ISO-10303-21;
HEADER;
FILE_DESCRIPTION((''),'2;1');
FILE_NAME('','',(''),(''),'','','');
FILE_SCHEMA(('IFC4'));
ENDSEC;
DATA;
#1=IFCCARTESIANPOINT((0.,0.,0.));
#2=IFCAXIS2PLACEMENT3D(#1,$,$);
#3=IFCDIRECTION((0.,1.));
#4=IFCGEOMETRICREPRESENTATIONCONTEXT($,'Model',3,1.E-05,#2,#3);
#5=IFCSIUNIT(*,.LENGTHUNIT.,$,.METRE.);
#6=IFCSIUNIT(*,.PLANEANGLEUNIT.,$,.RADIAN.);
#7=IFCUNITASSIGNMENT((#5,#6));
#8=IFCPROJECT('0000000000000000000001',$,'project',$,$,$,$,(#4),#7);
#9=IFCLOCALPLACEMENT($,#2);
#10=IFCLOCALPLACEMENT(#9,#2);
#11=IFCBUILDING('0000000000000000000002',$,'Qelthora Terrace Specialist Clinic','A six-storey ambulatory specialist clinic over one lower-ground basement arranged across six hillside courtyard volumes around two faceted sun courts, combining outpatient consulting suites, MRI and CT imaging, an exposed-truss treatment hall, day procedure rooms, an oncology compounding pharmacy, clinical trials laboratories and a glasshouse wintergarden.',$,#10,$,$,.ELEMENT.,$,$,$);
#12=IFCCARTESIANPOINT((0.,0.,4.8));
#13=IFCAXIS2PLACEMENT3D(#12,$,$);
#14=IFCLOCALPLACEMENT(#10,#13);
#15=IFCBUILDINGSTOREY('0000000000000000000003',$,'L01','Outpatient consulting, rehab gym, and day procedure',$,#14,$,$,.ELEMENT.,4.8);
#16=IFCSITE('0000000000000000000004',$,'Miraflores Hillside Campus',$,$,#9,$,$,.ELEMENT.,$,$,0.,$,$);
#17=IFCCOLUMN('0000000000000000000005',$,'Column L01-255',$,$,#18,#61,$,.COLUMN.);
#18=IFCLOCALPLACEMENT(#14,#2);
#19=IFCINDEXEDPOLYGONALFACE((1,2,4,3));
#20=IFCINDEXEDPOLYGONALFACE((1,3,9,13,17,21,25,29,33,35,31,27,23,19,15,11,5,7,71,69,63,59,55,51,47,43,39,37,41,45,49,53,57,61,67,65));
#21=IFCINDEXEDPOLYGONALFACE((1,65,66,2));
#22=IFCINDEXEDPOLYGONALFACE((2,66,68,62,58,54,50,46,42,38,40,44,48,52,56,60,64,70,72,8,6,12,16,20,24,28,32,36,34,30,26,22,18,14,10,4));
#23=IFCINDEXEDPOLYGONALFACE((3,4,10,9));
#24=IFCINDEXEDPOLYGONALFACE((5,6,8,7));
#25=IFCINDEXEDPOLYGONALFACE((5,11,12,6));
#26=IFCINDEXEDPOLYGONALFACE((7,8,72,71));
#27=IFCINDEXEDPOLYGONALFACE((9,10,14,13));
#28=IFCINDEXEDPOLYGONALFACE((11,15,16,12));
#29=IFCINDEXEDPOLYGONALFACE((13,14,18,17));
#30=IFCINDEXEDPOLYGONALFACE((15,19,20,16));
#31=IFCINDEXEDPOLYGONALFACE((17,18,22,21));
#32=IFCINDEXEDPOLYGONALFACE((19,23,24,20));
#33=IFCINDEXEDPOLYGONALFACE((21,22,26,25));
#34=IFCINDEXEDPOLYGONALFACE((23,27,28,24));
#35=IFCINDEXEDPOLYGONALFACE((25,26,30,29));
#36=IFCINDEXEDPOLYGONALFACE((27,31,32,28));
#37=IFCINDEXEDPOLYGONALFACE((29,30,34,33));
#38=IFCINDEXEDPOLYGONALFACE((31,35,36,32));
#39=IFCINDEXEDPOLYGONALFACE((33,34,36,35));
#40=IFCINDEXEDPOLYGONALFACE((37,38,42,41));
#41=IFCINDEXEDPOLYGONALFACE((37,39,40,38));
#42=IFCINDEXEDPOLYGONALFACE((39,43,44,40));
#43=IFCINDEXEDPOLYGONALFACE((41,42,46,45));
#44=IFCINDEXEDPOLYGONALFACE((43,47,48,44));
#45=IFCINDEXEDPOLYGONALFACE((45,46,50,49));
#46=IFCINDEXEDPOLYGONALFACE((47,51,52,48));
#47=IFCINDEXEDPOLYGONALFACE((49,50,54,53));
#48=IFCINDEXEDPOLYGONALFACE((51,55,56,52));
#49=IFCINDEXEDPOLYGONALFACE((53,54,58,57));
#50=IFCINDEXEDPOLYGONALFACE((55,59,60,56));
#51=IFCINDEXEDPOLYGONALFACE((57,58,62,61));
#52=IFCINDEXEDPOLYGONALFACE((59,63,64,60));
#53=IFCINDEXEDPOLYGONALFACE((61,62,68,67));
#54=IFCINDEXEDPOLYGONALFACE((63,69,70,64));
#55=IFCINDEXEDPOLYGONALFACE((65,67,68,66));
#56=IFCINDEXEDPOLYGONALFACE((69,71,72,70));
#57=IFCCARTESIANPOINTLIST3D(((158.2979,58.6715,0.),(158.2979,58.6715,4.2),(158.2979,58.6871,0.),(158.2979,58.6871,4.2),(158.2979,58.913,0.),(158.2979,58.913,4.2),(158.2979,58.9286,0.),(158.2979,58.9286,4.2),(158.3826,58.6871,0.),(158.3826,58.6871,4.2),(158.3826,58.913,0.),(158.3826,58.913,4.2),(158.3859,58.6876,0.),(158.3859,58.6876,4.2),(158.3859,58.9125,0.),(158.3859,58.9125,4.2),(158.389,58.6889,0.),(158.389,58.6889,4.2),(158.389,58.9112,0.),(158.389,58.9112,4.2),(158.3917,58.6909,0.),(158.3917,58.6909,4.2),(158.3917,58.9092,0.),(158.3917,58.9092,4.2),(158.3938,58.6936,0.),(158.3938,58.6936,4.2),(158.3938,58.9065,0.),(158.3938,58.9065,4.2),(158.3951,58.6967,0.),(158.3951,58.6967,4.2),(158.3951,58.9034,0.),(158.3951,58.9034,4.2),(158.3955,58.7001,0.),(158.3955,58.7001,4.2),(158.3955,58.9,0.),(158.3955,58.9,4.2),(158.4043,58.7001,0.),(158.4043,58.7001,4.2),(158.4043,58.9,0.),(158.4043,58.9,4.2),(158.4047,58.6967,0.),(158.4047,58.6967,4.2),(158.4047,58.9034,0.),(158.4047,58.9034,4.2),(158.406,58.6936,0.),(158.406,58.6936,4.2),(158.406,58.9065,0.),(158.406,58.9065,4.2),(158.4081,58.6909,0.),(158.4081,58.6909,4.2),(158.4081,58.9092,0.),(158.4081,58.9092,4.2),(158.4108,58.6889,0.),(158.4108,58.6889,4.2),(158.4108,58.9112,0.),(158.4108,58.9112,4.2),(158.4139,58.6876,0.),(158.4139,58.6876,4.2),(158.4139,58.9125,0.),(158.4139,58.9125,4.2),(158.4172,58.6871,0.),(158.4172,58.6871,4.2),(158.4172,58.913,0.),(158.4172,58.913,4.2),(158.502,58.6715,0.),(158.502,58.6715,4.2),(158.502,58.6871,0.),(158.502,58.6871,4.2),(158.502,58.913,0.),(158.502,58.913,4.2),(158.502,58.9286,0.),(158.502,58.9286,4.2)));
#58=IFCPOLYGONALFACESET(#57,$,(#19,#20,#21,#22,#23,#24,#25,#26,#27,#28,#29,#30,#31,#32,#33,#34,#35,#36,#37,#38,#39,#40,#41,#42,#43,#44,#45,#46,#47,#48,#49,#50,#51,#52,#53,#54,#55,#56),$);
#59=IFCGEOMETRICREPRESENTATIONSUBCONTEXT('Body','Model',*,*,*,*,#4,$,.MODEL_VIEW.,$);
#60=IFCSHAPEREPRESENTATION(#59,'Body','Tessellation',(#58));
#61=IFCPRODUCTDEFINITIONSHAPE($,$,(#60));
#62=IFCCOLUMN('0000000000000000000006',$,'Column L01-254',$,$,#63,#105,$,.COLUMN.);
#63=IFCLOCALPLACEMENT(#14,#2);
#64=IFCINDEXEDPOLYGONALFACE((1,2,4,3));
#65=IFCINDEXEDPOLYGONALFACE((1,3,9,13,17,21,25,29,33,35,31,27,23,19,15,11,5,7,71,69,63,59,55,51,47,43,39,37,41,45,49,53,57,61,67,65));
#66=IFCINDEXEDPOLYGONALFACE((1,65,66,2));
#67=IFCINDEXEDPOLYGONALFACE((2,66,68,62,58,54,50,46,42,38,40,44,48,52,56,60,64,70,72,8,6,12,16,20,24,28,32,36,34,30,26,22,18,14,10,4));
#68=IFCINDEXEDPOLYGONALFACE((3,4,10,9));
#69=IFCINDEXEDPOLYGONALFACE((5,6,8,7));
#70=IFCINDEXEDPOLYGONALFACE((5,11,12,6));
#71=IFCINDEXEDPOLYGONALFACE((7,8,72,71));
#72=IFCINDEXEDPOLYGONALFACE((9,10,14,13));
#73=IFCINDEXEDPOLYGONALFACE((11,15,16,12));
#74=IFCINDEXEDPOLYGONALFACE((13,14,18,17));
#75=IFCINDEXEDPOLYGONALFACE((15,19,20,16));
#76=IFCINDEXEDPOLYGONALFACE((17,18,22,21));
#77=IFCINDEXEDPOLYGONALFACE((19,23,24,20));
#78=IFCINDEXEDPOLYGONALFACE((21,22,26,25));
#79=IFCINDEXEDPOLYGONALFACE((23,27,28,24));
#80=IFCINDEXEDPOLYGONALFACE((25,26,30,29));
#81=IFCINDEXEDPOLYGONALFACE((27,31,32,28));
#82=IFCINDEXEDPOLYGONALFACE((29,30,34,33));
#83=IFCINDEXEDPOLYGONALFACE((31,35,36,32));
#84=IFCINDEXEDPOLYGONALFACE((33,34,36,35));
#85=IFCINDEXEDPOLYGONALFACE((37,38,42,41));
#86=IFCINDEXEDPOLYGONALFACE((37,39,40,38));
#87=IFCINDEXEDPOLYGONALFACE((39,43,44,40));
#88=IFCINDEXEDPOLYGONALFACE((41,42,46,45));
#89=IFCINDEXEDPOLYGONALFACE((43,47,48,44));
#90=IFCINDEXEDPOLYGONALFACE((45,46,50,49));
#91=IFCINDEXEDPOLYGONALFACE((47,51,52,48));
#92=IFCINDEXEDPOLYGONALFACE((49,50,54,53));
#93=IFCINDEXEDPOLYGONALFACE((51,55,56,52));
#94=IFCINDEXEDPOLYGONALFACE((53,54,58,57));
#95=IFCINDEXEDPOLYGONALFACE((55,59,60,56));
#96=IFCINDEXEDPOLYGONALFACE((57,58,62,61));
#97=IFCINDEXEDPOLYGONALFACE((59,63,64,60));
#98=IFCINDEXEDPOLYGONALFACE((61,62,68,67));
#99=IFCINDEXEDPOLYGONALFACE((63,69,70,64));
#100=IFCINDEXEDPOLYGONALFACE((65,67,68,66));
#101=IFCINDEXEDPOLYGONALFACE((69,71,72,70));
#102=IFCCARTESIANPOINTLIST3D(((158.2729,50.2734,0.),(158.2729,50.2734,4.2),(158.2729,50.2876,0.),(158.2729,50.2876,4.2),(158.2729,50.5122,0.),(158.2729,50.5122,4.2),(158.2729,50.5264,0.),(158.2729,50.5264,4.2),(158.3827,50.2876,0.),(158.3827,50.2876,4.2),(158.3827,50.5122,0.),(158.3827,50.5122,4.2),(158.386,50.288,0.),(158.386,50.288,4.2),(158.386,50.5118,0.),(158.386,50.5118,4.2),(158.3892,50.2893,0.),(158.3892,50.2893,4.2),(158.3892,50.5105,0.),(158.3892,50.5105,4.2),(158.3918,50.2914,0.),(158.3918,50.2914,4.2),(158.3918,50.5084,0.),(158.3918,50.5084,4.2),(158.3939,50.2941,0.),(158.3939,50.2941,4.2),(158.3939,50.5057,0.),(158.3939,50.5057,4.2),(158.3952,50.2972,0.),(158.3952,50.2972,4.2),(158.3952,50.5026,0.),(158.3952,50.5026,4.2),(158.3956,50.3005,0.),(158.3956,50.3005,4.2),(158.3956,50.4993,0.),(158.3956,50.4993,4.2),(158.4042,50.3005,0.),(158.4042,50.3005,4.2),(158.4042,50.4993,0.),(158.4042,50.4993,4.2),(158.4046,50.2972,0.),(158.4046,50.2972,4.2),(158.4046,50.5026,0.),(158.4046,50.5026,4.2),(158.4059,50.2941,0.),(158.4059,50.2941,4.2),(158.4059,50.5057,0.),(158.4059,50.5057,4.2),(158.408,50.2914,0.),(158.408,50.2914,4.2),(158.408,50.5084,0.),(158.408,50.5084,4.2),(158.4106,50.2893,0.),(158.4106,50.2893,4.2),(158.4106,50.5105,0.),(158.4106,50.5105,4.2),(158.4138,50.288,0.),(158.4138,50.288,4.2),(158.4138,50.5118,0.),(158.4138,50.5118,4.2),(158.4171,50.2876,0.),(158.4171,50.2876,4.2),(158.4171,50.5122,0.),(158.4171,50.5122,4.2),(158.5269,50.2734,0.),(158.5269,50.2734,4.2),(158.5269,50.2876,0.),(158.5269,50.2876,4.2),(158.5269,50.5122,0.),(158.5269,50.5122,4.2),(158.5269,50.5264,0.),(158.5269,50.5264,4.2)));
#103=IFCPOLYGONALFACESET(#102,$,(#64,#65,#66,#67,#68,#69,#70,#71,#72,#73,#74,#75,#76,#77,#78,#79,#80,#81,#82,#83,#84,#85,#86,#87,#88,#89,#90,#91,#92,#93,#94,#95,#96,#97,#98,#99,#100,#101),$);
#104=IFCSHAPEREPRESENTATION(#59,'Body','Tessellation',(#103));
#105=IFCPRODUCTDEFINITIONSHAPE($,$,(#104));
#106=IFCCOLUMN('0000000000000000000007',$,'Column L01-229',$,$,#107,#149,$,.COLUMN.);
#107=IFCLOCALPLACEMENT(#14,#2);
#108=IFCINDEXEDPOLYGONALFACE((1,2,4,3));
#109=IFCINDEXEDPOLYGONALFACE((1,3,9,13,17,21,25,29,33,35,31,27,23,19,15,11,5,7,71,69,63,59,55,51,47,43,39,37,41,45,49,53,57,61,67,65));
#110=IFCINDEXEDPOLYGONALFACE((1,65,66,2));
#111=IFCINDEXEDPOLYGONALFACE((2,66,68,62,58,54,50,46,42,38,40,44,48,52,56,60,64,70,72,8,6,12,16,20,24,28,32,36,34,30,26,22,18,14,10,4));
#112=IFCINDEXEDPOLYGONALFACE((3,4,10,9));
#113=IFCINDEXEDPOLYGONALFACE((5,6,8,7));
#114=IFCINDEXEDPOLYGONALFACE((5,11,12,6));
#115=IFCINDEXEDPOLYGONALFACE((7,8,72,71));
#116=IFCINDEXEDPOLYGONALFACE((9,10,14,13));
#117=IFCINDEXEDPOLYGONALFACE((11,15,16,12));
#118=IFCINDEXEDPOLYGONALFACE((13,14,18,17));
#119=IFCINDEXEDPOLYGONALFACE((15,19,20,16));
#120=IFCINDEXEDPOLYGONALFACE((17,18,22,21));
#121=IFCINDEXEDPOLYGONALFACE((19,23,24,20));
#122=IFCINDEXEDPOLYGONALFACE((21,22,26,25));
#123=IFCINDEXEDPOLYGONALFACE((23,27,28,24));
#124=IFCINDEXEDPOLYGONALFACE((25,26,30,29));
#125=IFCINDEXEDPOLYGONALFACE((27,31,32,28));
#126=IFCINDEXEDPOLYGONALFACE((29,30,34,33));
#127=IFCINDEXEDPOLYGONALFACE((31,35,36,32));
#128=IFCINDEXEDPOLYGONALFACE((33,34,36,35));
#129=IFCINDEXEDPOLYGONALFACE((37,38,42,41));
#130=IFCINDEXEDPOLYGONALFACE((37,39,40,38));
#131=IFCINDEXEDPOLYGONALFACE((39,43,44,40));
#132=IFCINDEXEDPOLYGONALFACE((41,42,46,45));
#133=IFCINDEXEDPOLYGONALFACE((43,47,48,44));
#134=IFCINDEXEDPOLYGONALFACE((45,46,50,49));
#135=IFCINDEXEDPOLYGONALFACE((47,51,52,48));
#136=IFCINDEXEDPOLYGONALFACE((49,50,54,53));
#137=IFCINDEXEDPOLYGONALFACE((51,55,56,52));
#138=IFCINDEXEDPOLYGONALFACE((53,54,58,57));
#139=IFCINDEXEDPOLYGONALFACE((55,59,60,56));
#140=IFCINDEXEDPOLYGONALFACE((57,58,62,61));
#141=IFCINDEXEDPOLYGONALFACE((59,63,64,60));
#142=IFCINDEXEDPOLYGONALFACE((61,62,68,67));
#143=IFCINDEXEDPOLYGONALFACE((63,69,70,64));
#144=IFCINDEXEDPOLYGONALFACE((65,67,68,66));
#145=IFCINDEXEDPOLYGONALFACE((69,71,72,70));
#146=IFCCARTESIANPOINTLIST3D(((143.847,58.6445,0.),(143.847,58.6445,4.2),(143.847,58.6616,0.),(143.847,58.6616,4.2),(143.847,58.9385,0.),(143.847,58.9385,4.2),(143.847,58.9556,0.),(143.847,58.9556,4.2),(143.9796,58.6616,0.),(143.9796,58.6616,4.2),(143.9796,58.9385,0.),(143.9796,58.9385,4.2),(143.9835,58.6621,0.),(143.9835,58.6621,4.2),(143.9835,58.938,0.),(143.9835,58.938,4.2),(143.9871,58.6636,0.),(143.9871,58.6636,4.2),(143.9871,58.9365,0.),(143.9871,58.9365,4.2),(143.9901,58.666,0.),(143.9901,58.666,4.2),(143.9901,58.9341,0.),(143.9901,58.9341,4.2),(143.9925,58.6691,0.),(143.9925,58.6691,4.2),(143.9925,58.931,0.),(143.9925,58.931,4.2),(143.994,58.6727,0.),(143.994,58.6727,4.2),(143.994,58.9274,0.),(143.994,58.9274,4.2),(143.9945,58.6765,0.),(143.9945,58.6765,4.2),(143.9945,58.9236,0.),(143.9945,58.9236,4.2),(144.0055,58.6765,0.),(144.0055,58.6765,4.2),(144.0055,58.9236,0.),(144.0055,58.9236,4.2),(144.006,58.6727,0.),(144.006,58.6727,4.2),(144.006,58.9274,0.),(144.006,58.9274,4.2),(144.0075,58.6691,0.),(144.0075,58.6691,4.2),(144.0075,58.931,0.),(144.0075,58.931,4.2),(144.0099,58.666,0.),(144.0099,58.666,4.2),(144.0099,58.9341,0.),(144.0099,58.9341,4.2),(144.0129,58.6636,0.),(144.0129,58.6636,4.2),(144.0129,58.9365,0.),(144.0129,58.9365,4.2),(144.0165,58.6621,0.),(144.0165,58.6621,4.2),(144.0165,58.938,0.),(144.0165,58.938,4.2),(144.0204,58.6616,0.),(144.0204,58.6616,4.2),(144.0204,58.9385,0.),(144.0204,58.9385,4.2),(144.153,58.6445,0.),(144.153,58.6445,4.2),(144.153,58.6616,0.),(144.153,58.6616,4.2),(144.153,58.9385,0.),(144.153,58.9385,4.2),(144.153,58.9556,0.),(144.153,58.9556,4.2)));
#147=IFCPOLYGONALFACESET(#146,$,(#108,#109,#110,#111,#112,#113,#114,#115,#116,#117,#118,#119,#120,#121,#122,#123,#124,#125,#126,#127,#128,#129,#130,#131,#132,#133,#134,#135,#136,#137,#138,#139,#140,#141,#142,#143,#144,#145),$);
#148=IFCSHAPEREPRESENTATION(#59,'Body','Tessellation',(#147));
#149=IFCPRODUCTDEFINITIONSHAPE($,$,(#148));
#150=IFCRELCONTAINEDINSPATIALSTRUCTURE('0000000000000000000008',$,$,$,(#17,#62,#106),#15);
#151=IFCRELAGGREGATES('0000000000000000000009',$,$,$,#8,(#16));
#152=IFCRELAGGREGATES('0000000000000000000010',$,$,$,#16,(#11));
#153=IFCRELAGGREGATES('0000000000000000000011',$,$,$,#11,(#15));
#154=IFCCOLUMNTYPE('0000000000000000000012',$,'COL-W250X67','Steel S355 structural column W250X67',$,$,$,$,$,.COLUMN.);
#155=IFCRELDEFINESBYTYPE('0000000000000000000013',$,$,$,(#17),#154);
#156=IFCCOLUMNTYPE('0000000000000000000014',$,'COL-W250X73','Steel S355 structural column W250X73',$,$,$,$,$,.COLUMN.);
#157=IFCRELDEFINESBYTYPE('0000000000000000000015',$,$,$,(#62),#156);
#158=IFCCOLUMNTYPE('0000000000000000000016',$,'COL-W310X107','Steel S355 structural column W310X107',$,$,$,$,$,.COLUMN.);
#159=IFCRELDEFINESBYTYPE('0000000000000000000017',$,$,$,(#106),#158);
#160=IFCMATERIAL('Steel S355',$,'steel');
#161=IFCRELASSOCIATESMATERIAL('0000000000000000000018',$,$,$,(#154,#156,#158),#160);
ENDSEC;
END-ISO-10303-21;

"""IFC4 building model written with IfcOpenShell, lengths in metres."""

from ifc_helpers import new_model, si_unit, direction, frame, origin, origin_2d, place, context, subcontext, project, spatial, i_section, extrude, material, material_profile, profile_set, type_object, element, save


model = new_model("IFC4")

# Units and contexts
model_context = context("Model", 3, precision=1e-05, world=origin(), true_north=direction((0.0, 1.0)))
body_context = subcontext(model_context, "Body", "Model", "MODEL_VIEW")
ifc_project = project(units=[si_unit("LENGTHUNIT", "METRE"), si_unit("PLANEANGLEUNIT", "RADIAN")], contexts=[model_context])

# Site, building, storey
site_placement = place(None, origin())
site = spatial("IfcSite", under=ifc_project, at=site_placement, Name="Miraflores Hillside Campus", CompositionType="ELEMENT", RefElevation=0.0)
building_placement = place(site_placement, origin())
building = spatial("IfcBuilding", under=site, at=building_placement, Name="Qelthora Terrace Specialist Clinic", Description="A six-storey ambulatory specialist clinic over one lower-ground basement arranged across six hillside courtyard volumes around two faceted sun courts, combining outpatient consulting suites, MRI and CT imaging, an exposed-truss treatment hall, day procedure rooms, an oncology compounding pharmacy, clinical trials laboratories and a glasshouse wintergarden.", CompositionType="ELEMENT")
storey_placement = place(building_placement, frame((0.0, 0.0, 4.8)))
storey = spatial("IfcBuildingStorey", under=building, at=storey_placement, Name="L01", Description="Outpatient consulting, rehab gym, and day procedure", CompositionType="ELEMENT", Elevation=4.8)

# Columns
ifc_material_1 = material(Name="Steel S355", Category="steel")
ifc_material_profile_1 = material_profile(ifc_material_1, i_section(OverallWidth=0.2041, OverallDepth=0.2571, WebThickness=0.0088, FlangeThickness=0.0156, FilletRadius=0.0129, at=origin_2d()), Name="W250X67")
ifc_profile_set_1 = profile_set([ifc_material_profile_1], Name="Steel S355")
column_type_1 = type_object("IfcColumnType", Name="COL-W250X67", Description="Steel S355 structural column W250X67", PredefinedType="COLUMN", material=ifc_profile_set_1)
column_1_placement = place(storey_placement, frame((158.3999, 58.8, 0.0), z_axis=(0.0, 0.0, 1.0), x_axis=(1.0, 0.0, 0.0)))
element("IfcColumn", 1, at=column_1_placement, inside=storey, type_object=column_type_1, Name="Column L01-255", PredefinedType="COLUMN", context=body_context, shape_type="SweptSolid", body=[
    extrude(i_section(OverallWidth=0.2041, OverallDepth=0.2571, WebThickness=0.0088, FlangeThickness=0.0156, FilletRadius=0.0129, at=origin_2d()), origin(), (0.0, 0.0, 1.0), 4.2),
])
ifc_material_profile_2 = material_profile(ifc_material_1, i_section(OverallWidth=0.2539, OverallDepth=0.2529, WebThickness=0.0085, FlangeThickness=0.0142, FilletRadius=0.0129, at=origin_2d()), Name="W250X73")
ifc_profile_set_2 = profile_set([ifc_material_profile_2], Name="Steel S355")
column_type_2 = type_object("IfcColumnType", Name="COL-W250X73", Description="Steel S355 structural column W250X73", PredefinedType="COLUMN", material=ifc_profile_set_2)
column_2_placement = place(storey_placement, frame((158.3999, 50.3999, 0.0), z_axis=(0.0, 0.0, 1.0), x_axis=(1.0, 0.0, 0.0)))
element("IfcColumn", 2, at=column_2_placement, inside=storey, type_object=column_type_2, Name="Column L01-254", PredefinedType="COLUMN", context=body_context, shape_type="SweptSolid", body=[
    extrude(i_section(OverallWidth=0.2539, OverallDepth=0.2529, WebThickness=0.0085, FlangeThickness=0.0142, FilletRadius=0.0129, at=origin_2d()), origin(), (0.0, 0.0, 1.0), 4.2),
])
ifc_material_profile_3 = material_profile(ifc_material_1, i_section(OverallWidth=0.3059, OverallDepth=0.311, WebThickness=0.011, FlangeThickness=0.0171, FilletRadius=0.0149, at=origin_2d()), Name="W310X107")
ifc_profile_set_3 = profile_set([ifc_material_profile_3], Name="Steel S355")
column_type_3 = type_object("IfcColumnType", Name="COL-W310X107", Description="Steel S355 structural column W310X107", PredefinedType="COLUMN", material=ifc_profile_set_3)
column_3_placement = place(storey_placement, frame((144.0, 58.8, 0.0), z_axis=(0.0, 0.0, 1.0), x_axis=(1.0, 0.0, 0.0)))
element("IfcColumn", 3, at=column_3_placement, inside=storey, type_object=column_type_3, Name="Column L01-229", PredefinedType="COLUMN", context=body_context, shape_type="SweptSolid", body=[
    extrude(i_section(OverallWidth=0.3059, OverallDepth=0.311, WebThickness=0.011, FlangeThickness=0.0171, FilletRadius=0.0149, at=origin_2d()), origin(), (0.0, 0.0, 1.0), 4.2),
])

save(model, "model.ifc")
